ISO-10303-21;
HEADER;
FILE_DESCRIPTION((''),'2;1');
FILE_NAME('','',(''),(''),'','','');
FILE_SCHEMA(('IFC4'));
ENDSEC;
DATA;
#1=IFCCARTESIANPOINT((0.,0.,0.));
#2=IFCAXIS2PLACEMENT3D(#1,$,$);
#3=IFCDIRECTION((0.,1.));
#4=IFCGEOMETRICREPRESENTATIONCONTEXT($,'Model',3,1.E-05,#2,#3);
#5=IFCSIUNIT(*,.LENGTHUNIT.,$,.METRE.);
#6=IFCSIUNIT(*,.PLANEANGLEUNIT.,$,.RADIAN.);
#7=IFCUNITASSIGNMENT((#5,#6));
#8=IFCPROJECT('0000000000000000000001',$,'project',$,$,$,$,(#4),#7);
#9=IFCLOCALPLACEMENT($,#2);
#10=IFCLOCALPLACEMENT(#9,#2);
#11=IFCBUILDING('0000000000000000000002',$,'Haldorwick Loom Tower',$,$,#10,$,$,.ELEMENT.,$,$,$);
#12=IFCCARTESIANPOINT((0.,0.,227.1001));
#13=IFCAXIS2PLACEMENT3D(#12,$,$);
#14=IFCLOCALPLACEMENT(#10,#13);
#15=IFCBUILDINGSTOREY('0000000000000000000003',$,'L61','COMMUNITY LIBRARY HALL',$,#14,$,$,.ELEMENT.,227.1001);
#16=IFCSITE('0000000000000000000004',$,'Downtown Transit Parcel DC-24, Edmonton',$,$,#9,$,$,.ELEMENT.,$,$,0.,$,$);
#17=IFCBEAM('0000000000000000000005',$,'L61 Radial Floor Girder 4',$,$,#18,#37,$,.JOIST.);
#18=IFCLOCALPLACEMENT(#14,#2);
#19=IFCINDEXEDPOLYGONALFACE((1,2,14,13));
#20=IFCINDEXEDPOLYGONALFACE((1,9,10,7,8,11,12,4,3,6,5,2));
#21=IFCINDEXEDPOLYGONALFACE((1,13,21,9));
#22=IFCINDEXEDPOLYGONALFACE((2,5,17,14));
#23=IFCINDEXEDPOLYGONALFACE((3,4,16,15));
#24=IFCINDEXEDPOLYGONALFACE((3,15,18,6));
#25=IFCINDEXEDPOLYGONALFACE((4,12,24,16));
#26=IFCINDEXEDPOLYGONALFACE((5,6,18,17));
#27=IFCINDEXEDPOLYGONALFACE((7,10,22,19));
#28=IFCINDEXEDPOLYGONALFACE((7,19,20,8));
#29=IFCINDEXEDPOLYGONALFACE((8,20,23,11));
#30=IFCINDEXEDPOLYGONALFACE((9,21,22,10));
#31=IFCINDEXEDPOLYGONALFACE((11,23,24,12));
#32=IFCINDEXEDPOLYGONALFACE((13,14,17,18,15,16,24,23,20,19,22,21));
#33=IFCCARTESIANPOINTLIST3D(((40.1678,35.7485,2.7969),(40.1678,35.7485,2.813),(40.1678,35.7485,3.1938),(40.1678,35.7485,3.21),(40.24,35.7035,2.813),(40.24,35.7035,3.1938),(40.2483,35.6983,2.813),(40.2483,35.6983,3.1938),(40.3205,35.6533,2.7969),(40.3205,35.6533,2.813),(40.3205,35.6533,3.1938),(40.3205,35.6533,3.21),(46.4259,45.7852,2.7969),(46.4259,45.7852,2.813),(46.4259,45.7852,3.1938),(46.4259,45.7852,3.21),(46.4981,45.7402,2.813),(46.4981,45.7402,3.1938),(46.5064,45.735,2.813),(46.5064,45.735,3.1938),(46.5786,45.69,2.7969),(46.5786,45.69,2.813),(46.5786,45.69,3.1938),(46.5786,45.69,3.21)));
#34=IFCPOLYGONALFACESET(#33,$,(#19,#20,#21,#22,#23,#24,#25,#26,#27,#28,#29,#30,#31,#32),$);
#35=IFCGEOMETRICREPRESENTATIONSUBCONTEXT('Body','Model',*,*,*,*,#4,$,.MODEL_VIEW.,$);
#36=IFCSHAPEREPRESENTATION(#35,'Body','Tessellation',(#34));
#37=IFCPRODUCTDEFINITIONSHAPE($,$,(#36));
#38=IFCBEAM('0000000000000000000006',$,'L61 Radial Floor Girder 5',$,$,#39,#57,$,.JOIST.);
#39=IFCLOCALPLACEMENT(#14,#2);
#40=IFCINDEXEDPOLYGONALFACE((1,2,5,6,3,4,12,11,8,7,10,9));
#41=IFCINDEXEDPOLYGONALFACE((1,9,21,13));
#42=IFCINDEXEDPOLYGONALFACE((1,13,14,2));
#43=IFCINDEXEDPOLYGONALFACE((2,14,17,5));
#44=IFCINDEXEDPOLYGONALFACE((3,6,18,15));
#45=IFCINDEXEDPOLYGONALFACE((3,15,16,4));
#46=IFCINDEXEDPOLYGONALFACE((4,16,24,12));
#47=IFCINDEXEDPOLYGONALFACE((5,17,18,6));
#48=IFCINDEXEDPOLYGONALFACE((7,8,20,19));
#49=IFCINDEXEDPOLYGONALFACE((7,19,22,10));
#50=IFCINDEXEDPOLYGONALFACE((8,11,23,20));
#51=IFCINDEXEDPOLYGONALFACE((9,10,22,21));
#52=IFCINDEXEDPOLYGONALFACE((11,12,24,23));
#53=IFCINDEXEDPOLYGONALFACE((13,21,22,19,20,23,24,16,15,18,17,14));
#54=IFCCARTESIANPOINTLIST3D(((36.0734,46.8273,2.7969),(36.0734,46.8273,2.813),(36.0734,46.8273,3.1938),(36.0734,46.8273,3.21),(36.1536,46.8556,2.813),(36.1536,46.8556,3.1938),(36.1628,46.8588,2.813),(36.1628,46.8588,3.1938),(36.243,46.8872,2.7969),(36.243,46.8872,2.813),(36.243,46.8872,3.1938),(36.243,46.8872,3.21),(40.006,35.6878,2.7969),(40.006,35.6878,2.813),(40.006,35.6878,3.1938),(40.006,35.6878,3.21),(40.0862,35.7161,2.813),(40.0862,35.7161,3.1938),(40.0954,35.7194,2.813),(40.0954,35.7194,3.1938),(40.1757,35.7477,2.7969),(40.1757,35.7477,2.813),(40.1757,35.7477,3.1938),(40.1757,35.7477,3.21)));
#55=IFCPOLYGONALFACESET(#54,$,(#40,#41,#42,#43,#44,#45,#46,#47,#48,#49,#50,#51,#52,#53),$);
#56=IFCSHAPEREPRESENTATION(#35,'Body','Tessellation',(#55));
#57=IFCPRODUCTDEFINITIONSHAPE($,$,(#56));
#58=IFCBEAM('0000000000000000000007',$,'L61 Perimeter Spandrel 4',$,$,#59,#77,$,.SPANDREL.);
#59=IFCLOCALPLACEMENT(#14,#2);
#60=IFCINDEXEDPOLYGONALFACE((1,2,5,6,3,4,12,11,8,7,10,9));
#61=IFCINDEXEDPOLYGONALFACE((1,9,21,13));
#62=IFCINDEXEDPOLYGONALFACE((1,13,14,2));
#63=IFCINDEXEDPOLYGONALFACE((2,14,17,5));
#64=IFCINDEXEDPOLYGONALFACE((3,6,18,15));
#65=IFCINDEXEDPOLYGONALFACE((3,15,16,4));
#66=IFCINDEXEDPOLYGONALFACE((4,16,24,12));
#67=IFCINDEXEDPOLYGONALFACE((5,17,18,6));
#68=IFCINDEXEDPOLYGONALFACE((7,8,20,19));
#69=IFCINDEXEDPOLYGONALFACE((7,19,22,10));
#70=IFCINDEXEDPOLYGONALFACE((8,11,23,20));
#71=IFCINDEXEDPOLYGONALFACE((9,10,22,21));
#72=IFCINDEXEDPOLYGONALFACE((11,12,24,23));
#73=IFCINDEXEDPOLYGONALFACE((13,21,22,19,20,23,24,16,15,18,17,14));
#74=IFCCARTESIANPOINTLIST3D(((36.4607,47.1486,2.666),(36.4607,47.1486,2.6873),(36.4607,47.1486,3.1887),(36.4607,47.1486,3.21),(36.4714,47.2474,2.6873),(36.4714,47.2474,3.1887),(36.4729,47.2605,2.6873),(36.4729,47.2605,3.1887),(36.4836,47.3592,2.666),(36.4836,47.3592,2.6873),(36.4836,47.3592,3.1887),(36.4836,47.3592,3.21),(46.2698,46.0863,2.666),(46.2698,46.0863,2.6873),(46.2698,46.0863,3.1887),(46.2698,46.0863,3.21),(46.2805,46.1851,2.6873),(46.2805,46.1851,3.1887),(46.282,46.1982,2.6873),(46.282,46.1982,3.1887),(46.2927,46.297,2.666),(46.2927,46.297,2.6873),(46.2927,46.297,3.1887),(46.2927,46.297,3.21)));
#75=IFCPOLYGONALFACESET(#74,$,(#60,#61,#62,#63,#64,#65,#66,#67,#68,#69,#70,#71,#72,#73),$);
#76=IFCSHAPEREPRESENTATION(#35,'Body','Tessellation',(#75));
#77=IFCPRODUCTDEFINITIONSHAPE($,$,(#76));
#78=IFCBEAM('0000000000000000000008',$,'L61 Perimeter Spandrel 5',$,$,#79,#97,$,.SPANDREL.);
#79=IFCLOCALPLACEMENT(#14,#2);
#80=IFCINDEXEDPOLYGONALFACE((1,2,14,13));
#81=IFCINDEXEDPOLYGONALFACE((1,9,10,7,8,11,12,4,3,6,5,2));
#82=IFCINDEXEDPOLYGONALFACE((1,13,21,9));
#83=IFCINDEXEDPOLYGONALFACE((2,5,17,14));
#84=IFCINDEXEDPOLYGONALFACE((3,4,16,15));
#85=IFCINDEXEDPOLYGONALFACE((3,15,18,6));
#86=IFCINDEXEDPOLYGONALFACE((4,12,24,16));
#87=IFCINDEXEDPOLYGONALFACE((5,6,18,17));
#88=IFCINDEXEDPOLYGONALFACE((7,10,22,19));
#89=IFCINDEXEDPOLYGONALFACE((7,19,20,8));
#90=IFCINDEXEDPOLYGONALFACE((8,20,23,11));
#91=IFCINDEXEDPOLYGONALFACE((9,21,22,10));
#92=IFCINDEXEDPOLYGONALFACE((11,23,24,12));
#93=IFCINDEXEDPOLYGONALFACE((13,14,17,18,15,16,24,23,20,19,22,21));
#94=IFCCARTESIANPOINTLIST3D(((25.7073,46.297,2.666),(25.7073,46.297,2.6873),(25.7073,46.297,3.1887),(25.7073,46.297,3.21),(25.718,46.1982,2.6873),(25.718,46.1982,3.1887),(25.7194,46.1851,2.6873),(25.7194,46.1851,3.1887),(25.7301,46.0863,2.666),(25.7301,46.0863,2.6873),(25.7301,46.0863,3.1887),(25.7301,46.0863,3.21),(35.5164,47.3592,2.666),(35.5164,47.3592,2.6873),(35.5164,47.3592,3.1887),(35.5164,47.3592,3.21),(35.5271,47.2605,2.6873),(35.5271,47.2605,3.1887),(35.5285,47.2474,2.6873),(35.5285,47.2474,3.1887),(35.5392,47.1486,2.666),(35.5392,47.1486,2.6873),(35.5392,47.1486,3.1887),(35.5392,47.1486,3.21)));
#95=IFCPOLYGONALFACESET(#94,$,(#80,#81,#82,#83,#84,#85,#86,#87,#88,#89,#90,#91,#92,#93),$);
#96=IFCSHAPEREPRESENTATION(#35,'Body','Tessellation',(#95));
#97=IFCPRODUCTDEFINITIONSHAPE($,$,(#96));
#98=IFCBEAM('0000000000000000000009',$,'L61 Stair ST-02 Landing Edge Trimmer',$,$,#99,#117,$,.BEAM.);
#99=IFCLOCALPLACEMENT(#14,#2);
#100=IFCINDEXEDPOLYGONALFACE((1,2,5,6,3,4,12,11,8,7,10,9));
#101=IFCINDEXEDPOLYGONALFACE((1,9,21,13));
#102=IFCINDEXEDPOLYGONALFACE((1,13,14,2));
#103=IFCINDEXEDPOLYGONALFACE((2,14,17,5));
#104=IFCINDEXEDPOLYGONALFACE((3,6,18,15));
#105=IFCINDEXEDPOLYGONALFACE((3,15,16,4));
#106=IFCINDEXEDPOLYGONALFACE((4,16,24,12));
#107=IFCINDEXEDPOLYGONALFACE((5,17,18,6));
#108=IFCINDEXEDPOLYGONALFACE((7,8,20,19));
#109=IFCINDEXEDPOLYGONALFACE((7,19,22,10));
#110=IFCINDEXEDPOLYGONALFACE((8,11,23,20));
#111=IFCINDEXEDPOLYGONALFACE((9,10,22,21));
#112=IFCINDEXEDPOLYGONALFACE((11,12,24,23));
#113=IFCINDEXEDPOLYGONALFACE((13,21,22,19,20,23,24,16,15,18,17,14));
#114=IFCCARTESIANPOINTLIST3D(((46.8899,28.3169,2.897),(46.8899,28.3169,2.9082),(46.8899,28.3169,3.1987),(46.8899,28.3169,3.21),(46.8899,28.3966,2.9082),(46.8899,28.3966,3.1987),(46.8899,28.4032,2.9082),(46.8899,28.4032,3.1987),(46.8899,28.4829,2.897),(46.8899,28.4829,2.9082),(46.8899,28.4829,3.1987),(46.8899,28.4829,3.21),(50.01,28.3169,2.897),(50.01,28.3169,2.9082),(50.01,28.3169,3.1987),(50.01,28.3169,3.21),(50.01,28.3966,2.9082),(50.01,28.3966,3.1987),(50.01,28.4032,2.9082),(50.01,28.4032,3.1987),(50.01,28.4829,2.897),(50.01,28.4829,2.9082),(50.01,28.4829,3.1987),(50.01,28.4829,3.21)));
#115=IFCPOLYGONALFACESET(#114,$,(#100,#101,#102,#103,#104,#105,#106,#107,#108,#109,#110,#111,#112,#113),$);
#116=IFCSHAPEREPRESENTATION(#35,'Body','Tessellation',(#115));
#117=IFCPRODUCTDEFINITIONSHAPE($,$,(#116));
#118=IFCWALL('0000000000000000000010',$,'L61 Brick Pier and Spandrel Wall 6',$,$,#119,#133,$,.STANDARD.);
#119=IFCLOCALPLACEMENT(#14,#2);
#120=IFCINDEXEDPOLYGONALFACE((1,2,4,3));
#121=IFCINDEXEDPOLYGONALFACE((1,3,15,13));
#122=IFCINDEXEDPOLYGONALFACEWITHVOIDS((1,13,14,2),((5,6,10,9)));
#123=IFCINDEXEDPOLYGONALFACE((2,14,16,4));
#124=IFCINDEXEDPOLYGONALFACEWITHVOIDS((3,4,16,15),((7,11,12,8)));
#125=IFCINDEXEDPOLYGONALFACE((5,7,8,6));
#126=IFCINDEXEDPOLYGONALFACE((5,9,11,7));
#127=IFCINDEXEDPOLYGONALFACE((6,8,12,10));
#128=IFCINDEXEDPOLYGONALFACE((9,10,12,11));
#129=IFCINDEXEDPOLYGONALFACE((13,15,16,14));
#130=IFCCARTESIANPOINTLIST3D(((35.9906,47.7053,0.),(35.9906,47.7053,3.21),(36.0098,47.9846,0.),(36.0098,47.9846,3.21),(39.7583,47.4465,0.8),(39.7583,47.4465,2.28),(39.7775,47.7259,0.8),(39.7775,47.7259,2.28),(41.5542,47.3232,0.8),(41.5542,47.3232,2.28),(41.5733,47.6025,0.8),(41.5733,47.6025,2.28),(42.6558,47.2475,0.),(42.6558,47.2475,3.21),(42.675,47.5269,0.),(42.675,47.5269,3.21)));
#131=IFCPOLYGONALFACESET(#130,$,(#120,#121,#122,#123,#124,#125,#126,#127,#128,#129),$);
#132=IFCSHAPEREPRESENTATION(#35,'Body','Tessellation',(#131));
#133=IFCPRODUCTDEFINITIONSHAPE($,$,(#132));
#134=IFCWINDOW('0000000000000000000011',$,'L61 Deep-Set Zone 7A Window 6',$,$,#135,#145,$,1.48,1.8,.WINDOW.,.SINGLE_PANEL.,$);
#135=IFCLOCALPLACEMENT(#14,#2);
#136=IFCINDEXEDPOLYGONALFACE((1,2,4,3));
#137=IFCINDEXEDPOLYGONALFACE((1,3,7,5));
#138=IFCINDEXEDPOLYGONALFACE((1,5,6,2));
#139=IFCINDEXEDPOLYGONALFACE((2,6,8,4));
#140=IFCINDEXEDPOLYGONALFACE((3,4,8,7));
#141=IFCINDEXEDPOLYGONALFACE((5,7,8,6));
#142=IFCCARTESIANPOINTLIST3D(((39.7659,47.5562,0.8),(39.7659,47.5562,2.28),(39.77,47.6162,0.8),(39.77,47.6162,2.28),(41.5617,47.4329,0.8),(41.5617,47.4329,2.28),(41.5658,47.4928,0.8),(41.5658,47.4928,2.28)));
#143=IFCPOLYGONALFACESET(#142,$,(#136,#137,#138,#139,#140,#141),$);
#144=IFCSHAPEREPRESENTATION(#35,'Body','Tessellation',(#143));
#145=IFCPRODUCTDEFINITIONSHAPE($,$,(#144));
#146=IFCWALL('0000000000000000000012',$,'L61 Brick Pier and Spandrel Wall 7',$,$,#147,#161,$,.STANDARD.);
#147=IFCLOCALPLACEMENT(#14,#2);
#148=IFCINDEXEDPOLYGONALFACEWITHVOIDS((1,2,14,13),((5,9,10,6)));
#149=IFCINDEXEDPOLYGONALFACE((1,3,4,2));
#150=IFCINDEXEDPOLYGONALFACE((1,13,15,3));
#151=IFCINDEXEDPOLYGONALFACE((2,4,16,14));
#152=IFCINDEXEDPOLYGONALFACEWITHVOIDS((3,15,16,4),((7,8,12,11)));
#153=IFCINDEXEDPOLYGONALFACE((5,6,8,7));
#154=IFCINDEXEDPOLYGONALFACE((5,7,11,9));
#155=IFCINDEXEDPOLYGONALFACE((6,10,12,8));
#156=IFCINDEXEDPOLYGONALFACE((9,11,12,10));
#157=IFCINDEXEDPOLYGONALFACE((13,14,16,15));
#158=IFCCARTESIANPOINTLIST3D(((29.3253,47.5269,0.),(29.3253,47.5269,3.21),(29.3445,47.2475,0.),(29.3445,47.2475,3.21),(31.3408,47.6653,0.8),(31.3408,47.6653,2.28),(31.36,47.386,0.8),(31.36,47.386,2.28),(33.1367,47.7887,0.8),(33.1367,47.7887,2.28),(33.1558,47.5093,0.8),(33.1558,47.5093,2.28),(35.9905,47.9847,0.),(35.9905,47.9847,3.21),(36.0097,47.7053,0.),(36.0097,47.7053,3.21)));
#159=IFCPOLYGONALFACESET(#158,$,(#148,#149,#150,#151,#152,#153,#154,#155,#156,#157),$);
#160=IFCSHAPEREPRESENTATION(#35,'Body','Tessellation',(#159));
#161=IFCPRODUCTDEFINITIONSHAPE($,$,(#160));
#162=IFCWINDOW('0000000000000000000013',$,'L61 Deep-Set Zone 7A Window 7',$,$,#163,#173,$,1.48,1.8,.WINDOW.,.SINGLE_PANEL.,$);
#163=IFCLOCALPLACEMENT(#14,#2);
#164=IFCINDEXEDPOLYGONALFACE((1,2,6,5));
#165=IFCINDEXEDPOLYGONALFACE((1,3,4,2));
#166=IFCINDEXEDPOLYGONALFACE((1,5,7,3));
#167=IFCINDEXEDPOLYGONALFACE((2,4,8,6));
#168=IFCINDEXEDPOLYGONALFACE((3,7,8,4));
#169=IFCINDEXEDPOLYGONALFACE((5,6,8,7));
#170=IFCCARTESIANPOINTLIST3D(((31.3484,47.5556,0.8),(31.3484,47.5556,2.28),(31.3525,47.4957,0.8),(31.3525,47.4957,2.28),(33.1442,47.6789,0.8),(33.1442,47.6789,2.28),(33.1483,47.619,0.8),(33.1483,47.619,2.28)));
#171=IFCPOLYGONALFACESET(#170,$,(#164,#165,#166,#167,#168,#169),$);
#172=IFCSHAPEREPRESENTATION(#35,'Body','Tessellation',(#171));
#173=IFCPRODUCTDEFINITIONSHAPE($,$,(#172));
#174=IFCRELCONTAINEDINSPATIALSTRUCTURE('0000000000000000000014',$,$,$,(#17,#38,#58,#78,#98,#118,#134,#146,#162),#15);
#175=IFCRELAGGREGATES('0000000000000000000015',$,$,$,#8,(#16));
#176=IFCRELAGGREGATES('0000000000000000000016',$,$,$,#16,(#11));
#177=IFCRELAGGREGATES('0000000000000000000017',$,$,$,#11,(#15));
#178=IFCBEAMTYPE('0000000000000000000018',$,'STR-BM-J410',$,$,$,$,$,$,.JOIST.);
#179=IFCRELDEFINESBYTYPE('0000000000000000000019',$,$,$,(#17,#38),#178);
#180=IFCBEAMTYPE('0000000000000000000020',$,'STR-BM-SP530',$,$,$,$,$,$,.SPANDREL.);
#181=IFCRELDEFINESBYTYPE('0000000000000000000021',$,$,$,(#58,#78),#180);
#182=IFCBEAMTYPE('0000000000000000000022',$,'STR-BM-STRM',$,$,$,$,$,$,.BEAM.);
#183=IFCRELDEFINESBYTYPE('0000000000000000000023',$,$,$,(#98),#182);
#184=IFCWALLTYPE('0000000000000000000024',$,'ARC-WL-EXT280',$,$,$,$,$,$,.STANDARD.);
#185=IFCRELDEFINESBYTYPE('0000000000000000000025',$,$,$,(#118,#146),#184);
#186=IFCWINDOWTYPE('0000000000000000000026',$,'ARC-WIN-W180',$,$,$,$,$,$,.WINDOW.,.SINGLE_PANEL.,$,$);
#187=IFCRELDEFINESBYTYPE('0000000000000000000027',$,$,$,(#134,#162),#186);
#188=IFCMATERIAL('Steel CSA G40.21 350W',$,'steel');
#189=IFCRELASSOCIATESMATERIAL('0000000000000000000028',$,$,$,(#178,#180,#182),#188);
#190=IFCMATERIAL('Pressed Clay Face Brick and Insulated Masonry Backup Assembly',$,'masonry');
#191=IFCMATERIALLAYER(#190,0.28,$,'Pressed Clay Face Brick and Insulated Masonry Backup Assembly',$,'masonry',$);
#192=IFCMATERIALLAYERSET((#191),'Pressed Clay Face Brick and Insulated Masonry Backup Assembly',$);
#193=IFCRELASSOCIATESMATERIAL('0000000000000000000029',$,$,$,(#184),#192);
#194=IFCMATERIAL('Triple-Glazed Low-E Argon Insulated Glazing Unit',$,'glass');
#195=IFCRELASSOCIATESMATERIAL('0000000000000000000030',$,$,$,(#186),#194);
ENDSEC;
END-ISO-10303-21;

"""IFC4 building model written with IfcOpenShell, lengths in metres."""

from ifc_helpers import new_model, si_unit, direction, frame, frame_2d, origin, origin_2d, place, context, subcontext, project, spatial, rectangle, i_section, extrude, material, layer, layer_set, material_profile, profile_set, type_object, element, fill, save


model = new_model("IFC4")

# Units and contexts
model_context = context("Model", 3, precision=1e-05, world=origin(), true_north=direction((0.0, 1.0)))
body_context = subcontext(model_context, "Body", "Model", "MODEL_VIEW")
ifc_project = project(units=[si_unit("LENGTHUNIT", "METRE"), si_unit("PLANEANGLEUNIT", "RADIAN")], contexts=[model_context])

# Site, building, storey
site_placement = place(None, origin())
site = spatial("IfcSite", under=ifc_project, at=site_placement, Name="Downtown Transit Parcel DC-24, Edmonton", CompositionType="ELEMENT", RefElevation=0.0)
building_placement = place(site_placement, origin())
building = spatial("IfcBuilding", under=site, at=building_placement, Name="Haldorwick Loom Tower", CompositionType="ELEMENT")
storey_placement = place(building_placement, frame((0.0, 0.0, 227.1001)))
storey = spatial("IfcBuildingStorey", under=building, at=storey_placement, Name="L61", Description="COMMUNITY LIBRARY HALL", CompositionType="ELEMENT", Elevation=227.1001)

# Shared definitions
ifc_material_1 = material(Name="Steel CSA G40.21 350W", Category="steel")

# Beams
ifc_material_profile_1 = material_profile(ifc_material_1, i_section(OverallWidth=0.1799, OverallDepth=0.4131, WebThickness=0.0098, FlangeThickness=0.0161, at=origin_2d()), Name="W410X74", Category="steel")
ifc_profile_set_1 = profile_set([ifc_material_profile_1], Name="Steel CSA G40.21 350W")
beam_type_1 = type_object("IfcBeamType", Name="STR-BM-J410", PredefinedType="JOIST", material=ifc_profile_set_1)
beam_1_placement = place(storey_placement, frame((40.2441, 35.7009, 3.0034), z_axis=(0.529097, 0.848561, 0.0), x_axis=(-0.848561, 0.529097, 0.0)))
element("IfcBeam", 1, at=beam_1_placement, inside=storey, type_object=beam_type_1, Name="L61 Radial Floor Girder 4", PredefinedType="JOIST", context=body_context, shape_type="SweptSolid", body=[
    extrude(i_section(OverallWidth=0.1799, OverallDepth=0.4131, WebThickness=0.0098, FlangeThickness=0.0161, at=origin_2d()), origin(), (0.0, 0.0, 1.0), 11.8279),
])
beam_2_placement = place(storey_placement, frame((40.0908, 35.7178, 3.0034), z_axis=(-0.3329, 0.942962, 0.0), x_axis=(-0.942962, -0.3329, 0.0)))
element("IfcBeam", 2, at=beam_2_placement, inside=storey, type_object=beam_type_1, Name="L61 Radial Floor Girder 5", PredefinedType="JOIST", context=body_context, shape_type="SweptSolid", body=[
    extrude(i_section(OverallWidth=0.1799, OverallDepth=0.4131, WebThickness=0.0098, FlangeThickness=0.0161, at=origin_2d()), origin(), (0.0, 0.0, 1.0), 11.8132),
])
ifc_material_profile_2 = material_profile(ifc_material_1, i_section(OverallWidth=0.2119, OverallDepth=0.5439, WebThickness=0.0132, FlangeThickness=0.0212, at=origin_2d()), Name="W530X123", Category="steel")
ifc_profile_set_2 = profile_set([ifc_material_profile_2], Name="Steel CSA G40.21 350W")
beam_type_2 = type_object("IfcBeamType", Name="STR-BM-SP530", PredefinedType="SPANDREL", material=ifc_profile_set_2)
for number, where, z_axis, x_axis, name in (
    (3, (46.2812, 46.1917, 2.938), (-0.994187, 0.107664, 0.0), (-0.107664, -0.994187, 0.0), "L61 Perimeter Spandrel 4"),
    (4, (35.5278, 47.2539, 2.938), (-0.994187, -0.107664, 0.0), (0.107664, -0.994187, 0.0), "L61 Perimeter Spandrel 5"),
):
    element("IfcBeam", number, at=place(storey_placement, frame(where, z_axis=z_axis, x_axis=x_axis)), inside=storey, type_object=beam_type_2, Name=name, PredefinedType="SPANDREL", context=body_context, shape_type="SweptSolid", body=[
        extrude(i_section(OverallWidth=0.2119, OverallDepth=0.5439, WebThickness=0.0132, FlangeThickness=0.0212, at=origin_2d()), origin(), (0.0, 0.0, 1.0), 9.8665),
    ])
ifc_material_profile_3 = material_profile(ifc_material_1, i_section(OverallWidth=0.166, OverallDepth=0.313, WebThickness=0.0066, FlangeThickness=0.0112, at=origin_2d()), Name="W310X45", Category="steel")
ifc_profile_set_3 = profile_set([ifc_material_profile_3], Name="Steel CSA G40.21 350W")
beam_type_3 = type_object("IfcBeamType", Name="STR-BM-STRM", PredefinedType="BEAM", material=ifc_profile_set_3)
beam_3_placement = place(storey_placement, frame((46.8899, 28.3999, 3.0535), z_axis=(1.0, 0.0, 0.0), x_axis=(0.0, 1.0, 0.0)))
element("IfcBeam", 5, at=beam_3_placement, inside=storey, type_object=beam_type_3, Name="L61 Stair ST-02 Landing Edge Trimmer", PredefinedType="BEAM", context=body_context, shape_type="SweptSolid", body=[
    extrude(i_section(OverallWidth=0.166, OverallDepth=0.313, WebThickness=0.0066, FlangeThickness=0.0112, at=origin_2d()), origin(), (0.0, 0.0, 1.0), 3.1201),
])

# Walls, openings, windows
ifc_material_2 = material(Name="Pressed Clay Face Brick and Insulated Masonry Backup Assembly", Category="masonry")
ifc_layer_1 = layer(ifc_material_2, 0.28, Name="Pressed Clay Face Brick and Insulated Masonry Backup Assembly", Category="masonry")
ifc_layer_set_1 = layer_set([ifc_layer_1], Name="Pressed Clay Face Brick and Insulated Masonry Backup Assembly")
wall_type_1 = type_object("IfcWallType", Name="ARC-WL-EXT280", PredefinedType="STANDARD", material=ifc_layer_set_1)
wall_1_placement = place(storey_placement, frame((42.6653, 47.3872, 0.0), z_axis=(0.0, 0.0, 1.0), x_axis=(-0.99765, 0.068517, 0.0)))
wall_1 = element("IfcWall", 6, at=wall_1_placement, inside=storey, type_object=wall_type_1, Name="L61 Brick Pier and Spandrel Wall 6", PredefinedType="STANDARD", context=body_context, shape_type="SweptSolid", body=[
    extrude(rectangle(XDim=6.6809, YDim=0.28, at=frame_2d((3.3403, 0.0))), origin(), (0.0, 0.0, 1.0), 3.21),
])
opening_1_placement = place(wall_1_placement, frame((1.1042, 0.0, 0.8)))
opening_1 = element("IfcOpeningElement", 7, at=opening_1_placement, cuts=wall_1, PredefinedType="OPENING", context=body_context, shape_type="SweptSolid", body=[
    extrude(rectangle(XDim=1.8, YDim=1.48, at=frame_2d((0.8999, 0.74))), frame((0.0, 0.1499, 0.0), z_axis=(0.0, -1.0, 0.0), x_axis=(1.0, 0.0, 0.0)), (0.0, 0.0, 1.0), 0.3),
])
ifc_material_3 = material(Name="Triple-Glazed Low-E Argon Insulated Glazing Unit", Category="glass")
window_type = type_object("IfcWindowType", Name="ARC-WIN-W180", PartitioningType="SINGLE_PANEL", PredefinedType="WINDOW", material=ifc_material_3)
window_1_placement = place(opening_1_placement, origin())
window_1 = element("IfcWindow", 8, at=window_1_placement, inside=storey, type_object=window_type, Name="L61 Deep-Set Zone 7A Window 6", OverallHeight=1.48, OverallWidth=1.8, PartitioningType="SINGLE_PANEL", PredefinedType="WINDOW", context=body_context, shape_type="SweptSolid", body=[
    extrude(rectangle(XDim=1.8, YDim=1.48, at=frame_2d((0.8999, 0.74))), frame((0.0, 0.03, 0.0), z_axis=(0.0, -1.0, 0.0), x_axis=(1.0, 0.0, 0.0)), (0.0, 0.0, 1.0), 0.0601),
])
fill(opening_1, window_1)
wall_2_placement = place(storey_placement, frame((36.0, 47.845, 0.0), z_axis=(0.0, 0.0, 1.0), x_axis=(-0.99765, -0.068517, 0.0)))
wall_2 = element("IfcWall", 9, at=wall_2_placement, inside=storey, type_object=wall_type_1, Name="L61 Brick Pier and Spandrel Wall 7", PredefinedType="STANDARD", context=body_context, shape_type="SweptSolid", body=[
    extrude(rectangle(XDim=6.6809, YDim=0.28, at=frame_2d((3.3403, 0.0))), origin(), (0.0, 0.0, 1.0), 3.21),
])
opening_2_placement = place(wall_2_placement, frame((2.8606, 0.0, 0.8)))
opening_2 = element("IfcOpeningElement", 10, at=opening_2_placement, cuts=wall_2, PredefinedType="OPENING", context=body_context, shape_type="SweptSolid", body=[
    extrude(rectangle(XDim=1.8, YDim=1.48, at=frame_2d((0.8999, 0.74))), frame((0.0, 0.1499, 0.0), z_axis=(0.0, -1.0, 0.0), x_axis=(1.0, 0.0, 0.0)), (0.0, 0.0, 1.0), 0.3),
])
window_2_placement = place(opening_2_placement, origin())
window_2 = element("IfcWindow", 11, at=window_2_placement, inside=storey, type_object=window_type, Name="L61 Deep-Set Zone 7A Window 7", OverallHeight=1.48, OverallWidth=1.8, PartitioningType="SINGLE_PANEL", PredefinedType="WINDOW", context=body_context, shape_type="SweptSolid", body=[
    extrude(rectangle(XDim=1.8, YDim=1.48, at=frame_2d((0.8999, 0.74))), frame((0.0, 0.03, 0.0), z_axis=(0.0, -1.0, 0.0), x_axis=(1.0, 0.0, 0.0)), (0.0, 0.0, 1.0), 0.0601),
])
fill(opening_2, window_2)

save(model, "model.ifc")
